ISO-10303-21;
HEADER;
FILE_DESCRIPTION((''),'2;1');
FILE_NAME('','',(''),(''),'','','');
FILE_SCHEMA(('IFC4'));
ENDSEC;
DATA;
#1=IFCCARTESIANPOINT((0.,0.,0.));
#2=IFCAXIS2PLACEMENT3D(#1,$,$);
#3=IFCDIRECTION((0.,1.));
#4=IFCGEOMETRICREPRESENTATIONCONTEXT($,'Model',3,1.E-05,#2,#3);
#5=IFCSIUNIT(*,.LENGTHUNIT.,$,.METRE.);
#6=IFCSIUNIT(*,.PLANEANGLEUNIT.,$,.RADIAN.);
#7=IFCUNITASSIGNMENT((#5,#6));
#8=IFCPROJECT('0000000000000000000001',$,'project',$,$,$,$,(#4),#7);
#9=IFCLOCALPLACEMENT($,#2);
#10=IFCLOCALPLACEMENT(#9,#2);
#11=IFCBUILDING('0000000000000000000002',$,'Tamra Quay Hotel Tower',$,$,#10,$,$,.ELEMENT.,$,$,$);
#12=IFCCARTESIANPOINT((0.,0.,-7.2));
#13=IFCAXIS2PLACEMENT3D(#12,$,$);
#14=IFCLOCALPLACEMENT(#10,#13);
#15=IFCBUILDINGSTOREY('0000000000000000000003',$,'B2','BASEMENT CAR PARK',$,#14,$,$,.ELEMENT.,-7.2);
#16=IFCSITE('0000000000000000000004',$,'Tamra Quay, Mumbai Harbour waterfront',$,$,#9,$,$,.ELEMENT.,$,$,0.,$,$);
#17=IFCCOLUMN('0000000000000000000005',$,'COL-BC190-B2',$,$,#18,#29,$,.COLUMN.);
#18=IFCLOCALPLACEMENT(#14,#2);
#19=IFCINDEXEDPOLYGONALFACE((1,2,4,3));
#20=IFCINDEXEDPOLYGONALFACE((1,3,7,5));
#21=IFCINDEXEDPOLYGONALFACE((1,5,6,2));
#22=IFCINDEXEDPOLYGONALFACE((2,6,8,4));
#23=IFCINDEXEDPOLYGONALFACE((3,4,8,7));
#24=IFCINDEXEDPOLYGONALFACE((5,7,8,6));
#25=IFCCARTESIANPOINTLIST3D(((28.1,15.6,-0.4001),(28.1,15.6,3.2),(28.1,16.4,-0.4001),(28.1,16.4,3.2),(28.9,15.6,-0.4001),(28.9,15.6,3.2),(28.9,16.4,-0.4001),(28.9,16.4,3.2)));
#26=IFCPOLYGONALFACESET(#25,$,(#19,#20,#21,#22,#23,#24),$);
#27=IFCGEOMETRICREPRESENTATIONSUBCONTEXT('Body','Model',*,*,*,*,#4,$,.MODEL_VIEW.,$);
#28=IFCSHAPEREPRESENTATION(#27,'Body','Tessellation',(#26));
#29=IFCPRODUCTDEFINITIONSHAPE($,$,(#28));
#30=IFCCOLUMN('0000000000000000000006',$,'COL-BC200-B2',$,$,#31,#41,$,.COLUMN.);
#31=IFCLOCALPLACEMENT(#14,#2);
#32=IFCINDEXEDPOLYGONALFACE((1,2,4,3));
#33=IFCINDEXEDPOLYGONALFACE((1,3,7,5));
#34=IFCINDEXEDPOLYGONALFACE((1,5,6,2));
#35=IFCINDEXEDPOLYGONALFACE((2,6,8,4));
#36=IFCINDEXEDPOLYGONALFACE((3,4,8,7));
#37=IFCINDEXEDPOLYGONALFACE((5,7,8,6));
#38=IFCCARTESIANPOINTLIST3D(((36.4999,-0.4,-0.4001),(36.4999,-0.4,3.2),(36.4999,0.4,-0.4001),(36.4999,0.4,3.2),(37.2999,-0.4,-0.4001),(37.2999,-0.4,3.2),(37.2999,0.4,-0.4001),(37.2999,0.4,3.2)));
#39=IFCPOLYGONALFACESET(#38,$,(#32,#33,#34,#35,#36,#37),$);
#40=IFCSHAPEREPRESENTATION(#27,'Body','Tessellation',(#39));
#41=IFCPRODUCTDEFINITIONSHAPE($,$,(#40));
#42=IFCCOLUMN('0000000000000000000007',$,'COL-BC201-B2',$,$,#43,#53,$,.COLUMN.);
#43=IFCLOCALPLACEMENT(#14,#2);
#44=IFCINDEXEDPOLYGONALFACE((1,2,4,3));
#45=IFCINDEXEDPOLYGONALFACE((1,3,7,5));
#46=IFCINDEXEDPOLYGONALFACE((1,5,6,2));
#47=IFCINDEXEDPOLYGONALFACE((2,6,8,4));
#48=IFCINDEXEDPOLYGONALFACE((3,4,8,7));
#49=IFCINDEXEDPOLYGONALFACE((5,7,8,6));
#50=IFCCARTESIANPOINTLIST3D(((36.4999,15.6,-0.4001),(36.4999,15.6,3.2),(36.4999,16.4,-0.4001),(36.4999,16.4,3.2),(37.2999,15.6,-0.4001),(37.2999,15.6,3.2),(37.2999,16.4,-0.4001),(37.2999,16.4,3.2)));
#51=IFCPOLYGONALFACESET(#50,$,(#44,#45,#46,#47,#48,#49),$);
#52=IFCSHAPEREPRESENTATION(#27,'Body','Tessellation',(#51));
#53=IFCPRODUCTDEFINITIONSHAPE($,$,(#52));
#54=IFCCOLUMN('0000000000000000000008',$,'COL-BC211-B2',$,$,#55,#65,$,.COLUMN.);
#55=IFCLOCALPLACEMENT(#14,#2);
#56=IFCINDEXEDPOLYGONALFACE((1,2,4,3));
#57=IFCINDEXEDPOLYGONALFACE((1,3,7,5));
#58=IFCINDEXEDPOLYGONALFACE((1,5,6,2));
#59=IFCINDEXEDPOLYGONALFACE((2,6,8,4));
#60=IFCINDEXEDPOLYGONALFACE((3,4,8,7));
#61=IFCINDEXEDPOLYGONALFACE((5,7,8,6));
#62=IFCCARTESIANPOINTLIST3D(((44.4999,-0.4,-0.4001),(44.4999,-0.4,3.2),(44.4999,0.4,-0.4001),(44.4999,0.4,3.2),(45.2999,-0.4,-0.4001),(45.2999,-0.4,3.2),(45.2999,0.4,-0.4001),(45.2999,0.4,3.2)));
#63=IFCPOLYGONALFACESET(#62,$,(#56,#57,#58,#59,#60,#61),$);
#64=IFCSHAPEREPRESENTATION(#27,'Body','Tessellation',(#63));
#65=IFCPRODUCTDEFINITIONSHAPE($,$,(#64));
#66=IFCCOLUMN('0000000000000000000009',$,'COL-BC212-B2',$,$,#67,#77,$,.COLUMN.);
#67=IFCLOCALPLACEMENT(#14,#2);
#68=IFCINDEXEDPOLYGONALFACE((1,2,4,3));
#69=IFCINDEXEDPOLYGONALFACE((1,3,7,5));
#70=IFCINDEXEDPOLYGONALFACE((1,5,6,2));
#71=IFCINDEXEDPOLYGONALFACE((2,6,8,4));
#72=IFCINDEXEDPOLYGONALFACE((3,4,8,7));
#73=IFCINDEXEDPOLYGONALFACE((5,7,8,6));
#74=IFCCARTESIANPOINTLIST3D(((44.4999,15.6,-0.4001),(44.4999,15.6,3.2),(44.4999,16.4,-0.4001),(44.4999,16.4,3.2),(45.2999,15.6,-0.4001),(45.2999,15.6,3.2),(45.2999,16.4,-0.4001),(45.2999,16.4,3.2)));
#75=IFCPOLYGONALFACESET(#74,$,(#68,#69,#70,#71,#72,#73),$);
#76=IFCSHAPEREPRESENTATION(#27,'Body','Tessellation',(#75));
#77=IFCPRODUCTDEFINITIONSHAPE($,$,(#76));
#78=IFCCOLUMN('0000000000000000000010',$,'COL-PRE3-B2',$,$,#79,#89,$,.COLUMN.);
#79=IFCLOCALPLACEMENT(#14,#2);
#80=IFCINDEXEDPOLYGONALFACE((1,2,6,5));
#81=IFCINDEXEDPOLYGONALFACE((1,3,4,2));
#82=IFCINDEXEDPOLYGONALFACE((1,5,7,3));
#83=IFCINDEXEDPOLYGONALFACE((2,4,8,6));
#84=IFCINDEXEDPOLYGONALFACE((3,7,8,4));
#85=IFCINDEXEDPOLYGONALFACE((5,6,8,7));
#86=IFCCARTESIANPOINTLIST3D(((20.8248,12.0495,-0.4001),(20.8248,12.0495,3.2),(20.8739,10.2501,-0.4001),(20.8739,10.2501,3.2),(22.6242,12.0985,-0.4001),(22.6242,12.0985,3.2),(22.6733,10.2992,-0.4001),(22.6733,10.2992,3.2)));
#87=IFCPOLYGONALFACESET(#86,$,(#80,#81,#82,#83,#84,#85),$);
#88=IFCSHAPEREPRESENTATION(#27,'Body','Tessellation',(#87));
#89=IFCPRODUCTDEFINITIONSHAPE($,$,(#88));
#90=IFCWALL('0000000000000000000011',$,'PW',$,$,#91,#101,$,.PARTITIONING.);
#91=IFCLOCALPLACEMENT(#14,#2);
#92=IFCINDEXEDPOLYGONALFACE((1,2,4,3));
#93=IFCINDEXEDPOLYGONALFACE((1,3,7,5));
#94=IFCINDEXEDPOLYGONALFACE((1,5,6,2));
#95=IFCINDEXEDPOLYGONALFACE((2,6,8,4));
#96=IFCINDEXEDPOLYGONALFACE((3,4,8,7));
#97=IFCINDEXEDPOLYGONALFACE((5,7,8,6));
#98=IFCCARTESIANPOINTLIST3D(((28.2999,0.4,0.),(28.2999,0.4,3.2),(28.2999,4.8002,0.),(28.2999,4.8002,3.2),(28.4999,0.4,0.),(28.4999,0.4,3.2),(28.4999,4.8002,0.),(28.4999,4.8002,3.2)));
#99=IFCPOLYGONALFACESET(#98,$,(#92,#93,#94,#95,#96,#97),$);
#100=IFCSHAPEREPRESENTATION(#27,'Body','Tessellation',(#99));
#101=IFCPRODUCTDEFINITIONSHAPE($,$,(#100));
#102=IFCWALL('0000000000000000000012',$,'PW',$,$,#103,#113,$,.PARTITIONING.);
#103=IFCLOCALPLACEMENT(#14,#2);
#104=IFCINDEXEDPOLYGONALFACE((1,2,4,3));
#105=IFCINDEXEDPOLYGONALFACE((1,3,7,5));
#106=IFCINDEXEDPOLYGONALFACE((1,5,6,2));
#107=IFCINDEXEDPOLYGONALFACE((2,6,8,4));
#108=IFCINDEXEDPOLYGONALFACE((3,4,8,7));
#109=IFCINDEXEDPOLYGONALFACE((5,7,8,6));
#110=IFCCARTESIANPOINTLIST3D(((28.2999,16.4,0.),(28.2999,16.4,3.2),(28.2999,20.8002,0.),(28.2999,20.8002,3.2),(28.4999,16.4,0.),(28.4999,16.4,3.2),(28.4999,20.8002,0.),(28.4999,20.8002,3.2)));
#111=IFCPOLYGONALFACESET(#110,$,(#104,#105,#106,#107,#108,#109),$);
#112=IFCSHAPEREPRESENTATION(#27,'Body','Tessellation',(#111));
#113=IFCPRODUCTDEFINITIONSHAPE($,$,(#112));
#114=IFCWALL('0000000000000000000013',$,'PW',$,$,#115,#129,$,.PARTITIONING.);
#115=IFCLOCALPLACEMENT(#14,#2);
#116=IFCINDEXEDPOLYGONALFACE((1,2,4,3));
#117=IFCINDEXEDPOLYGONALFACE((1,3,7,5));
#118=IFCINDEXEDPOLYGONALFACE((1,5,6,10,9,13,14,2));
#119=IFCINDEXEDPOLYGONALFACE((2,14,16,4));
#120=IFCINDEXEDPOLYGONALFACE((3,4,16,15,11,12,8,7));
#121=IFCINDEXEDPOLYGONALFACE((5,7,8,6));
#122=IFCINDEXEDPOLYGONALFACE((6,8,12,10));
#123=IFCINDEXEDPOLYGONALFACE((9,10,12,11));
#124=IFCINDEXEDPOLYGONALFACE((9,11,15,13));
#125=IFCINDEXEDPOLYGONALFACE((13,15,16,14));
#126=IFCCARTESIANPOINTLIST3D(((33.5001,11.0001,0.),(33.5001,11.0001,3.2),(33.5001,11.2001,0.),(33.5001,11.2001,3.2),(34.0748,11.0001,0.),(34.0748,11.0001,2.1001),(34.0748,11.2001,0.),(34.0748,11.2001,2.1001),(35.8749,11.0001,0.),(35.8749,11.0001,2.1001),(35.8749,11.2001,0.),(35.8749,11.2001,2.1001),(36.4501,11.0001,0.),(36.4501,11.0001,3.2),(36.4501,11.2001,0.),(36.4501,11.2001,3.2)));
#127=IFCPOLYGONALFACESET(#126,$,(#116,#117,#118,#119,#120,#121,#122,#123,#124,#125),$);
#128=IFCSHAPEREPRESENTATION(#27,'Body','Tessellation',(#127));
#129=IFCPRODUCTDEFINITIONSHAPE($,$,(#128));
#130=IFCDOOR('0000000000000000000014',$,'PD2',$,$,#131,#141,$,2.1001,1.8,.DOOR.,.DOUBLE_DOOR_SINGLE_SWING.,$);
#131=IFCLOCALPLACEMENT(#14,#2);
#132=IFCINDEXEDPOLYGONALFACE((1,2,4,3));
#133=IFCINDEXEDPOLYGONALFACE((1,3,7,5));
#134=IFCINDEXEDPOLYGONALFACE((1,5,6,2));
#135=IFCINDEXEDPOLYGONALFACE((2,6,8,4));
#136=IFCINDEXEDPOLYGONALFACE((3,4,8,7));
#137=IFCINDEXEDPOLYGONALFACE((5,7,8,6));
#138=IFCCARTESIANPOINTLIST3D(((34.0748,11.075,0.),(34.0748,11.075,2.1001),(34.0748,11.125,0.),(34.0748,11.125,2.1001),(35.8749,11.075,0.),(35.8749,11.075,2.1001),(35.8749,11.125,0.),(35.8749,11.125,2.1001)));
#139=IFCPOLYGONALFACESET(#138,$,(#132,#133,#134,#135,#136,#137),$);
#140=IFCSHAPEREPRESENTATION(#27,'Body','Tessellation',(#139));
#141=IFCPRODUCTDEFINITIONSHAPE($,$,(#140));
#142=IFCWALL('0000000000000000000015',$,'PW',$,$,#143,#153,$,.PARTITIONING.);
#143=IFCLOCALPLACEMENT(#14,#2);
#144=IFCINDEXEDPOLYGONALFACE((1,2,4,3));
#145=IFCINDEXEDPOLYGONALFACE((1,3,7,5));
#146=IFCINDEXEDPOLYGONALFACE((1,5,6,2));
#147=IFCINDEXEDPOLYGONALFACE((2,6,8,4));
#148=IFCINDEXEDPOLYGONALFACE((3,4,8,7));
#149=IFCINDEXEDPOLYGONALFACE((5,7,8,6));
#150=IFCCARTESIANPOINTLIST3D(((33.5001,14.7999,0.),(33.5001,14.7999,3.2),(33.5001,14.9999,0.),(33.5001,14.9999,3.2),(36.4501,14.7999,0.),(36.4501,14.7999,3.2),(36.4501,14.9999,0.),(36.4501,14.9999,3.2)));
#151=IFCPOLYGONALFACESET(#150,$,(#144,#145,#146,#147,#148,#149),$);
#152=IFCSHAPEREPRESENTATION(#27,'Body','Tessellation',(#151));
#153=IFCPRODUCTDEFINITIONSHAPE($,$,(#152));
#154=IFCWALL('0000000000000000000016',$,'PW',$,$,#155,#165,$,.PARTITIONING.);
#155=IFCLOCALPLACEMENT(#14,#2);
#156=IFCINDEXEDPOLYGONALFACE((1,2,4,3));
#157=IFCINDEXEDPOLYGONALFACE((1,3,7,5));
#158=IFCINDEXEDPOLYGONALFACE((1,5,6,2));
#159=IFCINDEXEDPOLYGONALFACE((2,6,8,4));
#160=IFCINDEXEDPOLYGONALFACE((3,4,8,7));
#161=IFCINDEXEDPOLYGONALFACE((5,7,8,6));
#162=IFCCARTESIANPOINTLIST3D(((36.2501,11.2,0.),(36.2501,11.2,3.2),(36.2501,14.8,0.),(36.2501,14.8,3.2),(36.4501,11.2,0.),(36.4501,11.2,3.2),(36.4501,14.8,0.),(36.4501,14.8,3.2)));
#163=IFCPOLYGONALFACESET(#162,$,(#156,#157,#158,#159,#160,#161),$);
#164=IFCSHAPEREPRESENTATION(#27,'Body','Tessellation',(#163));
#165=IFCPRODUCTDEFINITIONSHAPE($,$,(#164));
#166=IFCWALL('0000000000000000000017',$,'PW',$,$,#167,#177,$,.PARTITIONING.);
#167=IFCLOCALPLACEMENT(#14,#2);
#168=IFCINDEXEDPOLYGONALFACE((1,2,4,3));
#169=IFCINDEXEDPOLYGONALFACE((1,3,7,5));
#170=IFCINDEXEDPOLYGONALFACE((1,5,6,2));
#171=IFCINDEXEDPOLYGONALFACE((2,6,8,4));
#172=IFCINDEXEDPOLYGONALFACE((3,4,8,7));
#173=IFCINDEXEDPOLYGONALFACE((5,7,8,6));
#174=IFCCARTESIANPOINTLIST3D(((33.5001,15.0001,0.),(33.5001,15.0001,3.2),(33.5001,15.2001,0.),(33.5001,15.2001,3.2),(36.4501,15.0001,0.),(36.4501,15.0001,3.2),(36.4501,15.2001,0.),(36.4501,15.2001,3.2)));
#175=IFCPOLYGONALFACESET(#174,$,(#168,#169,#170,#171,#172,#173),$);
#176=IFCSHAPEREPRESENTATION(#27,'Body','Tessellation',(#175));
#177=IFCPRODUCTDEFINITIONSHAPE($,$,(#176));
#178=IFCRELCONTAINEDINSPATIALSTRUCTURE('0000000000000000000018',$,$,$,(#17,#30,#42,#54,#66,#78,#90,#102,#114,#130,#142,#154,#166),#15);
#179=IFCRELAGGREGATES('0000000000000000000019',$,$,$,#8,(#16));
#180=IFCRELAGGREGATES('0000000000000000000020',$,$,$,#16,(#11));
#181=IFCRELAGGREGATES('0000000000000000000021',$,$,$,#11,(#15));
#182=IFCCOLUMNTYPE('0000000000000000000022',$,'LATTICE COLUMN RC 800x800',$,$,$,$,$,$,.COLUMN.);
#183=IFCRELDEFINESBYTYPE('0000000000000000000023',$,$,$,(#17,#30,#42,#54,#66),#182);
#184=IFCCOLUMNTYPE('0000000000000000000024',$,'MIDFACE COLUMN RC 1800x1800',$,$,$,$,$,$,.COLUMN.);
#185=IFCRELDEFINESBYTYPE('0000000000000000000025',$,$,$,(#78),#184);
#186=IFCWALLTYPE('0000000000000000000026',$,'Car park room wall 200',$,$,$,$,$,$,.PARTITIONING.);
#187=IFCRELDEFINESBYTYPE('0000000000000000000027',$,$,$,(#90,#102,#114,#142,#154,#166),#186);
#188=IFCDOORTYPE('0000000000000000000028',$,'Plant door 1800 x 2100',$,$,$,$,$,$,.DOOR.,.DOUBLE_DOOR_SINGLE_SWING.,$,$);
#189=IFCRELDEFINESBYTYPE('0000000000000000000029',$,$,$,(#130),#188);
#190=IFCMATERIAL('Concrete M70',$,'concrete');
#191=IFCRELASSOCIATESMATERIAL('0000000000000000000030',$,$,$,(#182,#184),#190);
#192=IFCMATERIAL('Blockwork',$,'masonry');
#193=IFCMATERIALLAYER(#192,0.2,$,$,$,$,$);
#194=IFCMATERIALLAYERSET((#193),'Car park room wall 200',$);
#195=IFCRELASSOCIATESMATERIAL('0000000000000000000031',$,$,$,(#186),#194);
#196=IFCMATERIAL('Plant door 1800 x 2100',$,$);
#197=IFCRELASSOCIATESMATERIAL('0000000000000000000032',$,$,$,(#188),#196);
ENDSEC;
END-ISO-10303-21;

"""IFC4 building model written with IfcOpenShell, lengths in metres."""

from ifc_helpers import new_model, si_unit, direction, frame, frame_2d, origin, origin_2d, place, context, subcontext, project, spatial, rectangle, extrude, material, layer, layer_set, material_profile, profile_set, type_object, element, fill, save


model = new_model("IFC4")

# Units and contexts
model_context = context("Model", 3, precision=1e-05, world=origin(), true_north=direction((0.0, 1.0)))
body_context = subcontext(model_context, "Body", "Model", "MODEL_VIEW")
ifc_project = project(units=[si_unit("LENGTHUNIT", "METRE"), si_unit("PLANEANGLEUNIT", "RADIAN")], contexts=[model_context])

# Site, building, storey
site_placement = place(None, origin())
site = spatial("IfcSite", under=ifc_project, at=site_placement, Name="Tamra Quay, Mumbai Harbour waterfront", CompositionType="ELEMENT", RefElevation=0.0)
building_placement = place(site_placement, origin())
building = spatial("IfcBuilding", under=site, at=building_placement, Name="Tamra Quay Hotel Tower", CompositionType="ELEMENT")
storey_placement = place(building_placement, frame((0.0, 0.0, -7.2)))
storey = spatial("IfcBuildingStorey", under=building, at=storey_placement, Name="B2", Description="BASEMENT CAR PARK", CompositionType="ELEMENT", Elevation=-7.2)

# Columns
ifc_material_1 = material(Name="Concrete M70", Category="concrete")
ifc_material_profile_1 = material_profile(ifc_material_1, rectangle(XDim=0.8, YDim=0.8, at=origin_2d()), Name="LATTICE COLUMN RC 800x800")
ifc_profile_set_1 = profile_set([ifc_material_profile_1], Name="Concrete M70")
column_type_1 = type_object("IfcColumnType", Name="LATTICE COLUMN RC 800x800", PredefinedType="COLUMN", material=ifc_profile_set_1)
for number, where, z_axis, x_axis, name in (
    (1, (28.5, 16.0, -0.4001), (0.0, 0.0, 1.0), (1.0, 0.0, 0.0), "COL-BC190-B2"),
    (2, (36.8999, 0.0, -0.4001), (0.0, 0.0, 1.0), (1.0, 0.0, 0.0), "COL-BC200-B2"),
    (3, (36.8999, 16.0, -0.4001), (0.0, 0.0, 1.0), (1.0, 0.0, 0.0), "COL-BC201-B2"),
    (4, (44.8999, 0.0, -0.4001), (0.0, 0.0, 1.0), (1.0, 0.0, 0.0), "COL-BC211-B2"),
    (5, (44.8999, 16.0, -0.4001), (0.0, 0.0, 1.0), (1.0, 0.0, 0.0), "COL-BC212-B2"),
):
    element("IfcColumn", number, at=place(storey_placement, frame(where, z_axis=z_axis, x_axis=x_axis)), inside=storey, type_object=column_type_1, Name=name, PredefinedType="COLUMN", context=body_context, shape_type="SweptSolid", body=[
        extrude(rectangle(XDim=0.8, YDim=0.8, at=origin_2d()), origin(), (0.0, 0.0, 1.0), 3.6001),
    ])
ifc_material_profile_2 = material_profile(ifc_material_1, rectangle(XDim=1.8, YDim=1.8, at=origin_2d()), Name="MIDFACE COLUMN RC 1800x1800")
ifc_profile_set_2 = profile_set([ifc_material_profile_2], Name="Concrete M70")
column_type_2 = type_object("IfcColumnType", Name="MIDFACE COLUMN RC 1800x1800", PredefinedType="COLUMN", material=ifc_profile_set_2)
column_placement = place(storey_placement, frame((21.749, 11.1743, -0.4001), z_axis=(0.0, 0.0, 1.0), x_axis=(0.999628, 0.027269, 0.0)))
element("IfcColumn", 6, at=column_placement, inside=storey, type_object=column_type_2, Name="COL-PRE3-B2", PredefinedType="COLUMN", context=body_context, shape_type="SweptSolid", body=[
    extrude(rectangle(XDim=1.8, YDim=1.8, at=origin_2d()), origin(), (0.0, 0.0, 1.0), 3.6001),
])

# Walls
ifc_material_2 = material(Name="Blockwork", Category="masonry")
ifc_layer_1 = layer(ifc_material_2, 0.2)
ifc_layer_set_1 = layer_set([ifc_layer_1], Name="Car park room wall 200")
wall_type_1 = type_object("IfcWallType", Name="Car park room wall 200", PredefinedType="PARTITIONING", material=ifc_layer_set_1)
for number, where, z_axis, x_axis, name in (
    (7, (28.3999, 0.3999, 0.0), (0.0, 0.0, 1.0), (0.0, 1.0, 0.0), "PW"),
    (8, (28.3999, 16.3999, 0.0), (0.0, 0.0, 1.0), (0.0, 1.0, 0.0), "PW"),
):
    element("IfcWall", number, at=place(storey_placement, frame(where, z_axis=z_axis, x_axis=x_axis)), inside=storey, type_object=wall_type_1, Name=name, PredefinedType="PARTITIONING", context=body_context, shape_type="SweptSolid", body=[
        extrude(rectangle(XDim=4.4001, YDim=0.2, at=frame_2d((2.2002, 0.0))), origin(), (0.0, 0.0, 1.0), 3.2),
    ])

# Wall, opening, door
wall_1_placement = place(storey_placement, frame((33.5, 11.1001, 0.0), z_axis=(0.0, 0.0, 1.0), x_axis=(1.0, 0.0, 0.0)))
wall_1 = element("IfcWall", 9, at=wall_1_placement, inside=storey, type_object=wall_type_1, Name="PW", PredefinedType="PARTITIONING", context=body_context, shape_type="SweptSolid", body=[
    extrude(rectangle(XDim=2.95, YDim=0.2, at=frame_2d((1.4751, 0.0))), origin(), (0.0, 0.0, 1.0), 3.2),
])
opening_1_placement = place(wall_1_placement, frame((0.575, 0.0, 0.0)))
opening_1 = element("IfcOpeningElement", 10, at=opening_1_placement, cuts=wall_1, PredefinedType="OPENING", context=body_context, shape_type="SweptSolid", body=[
    extrude(rectangle(XDim=1.8, YDim=2.1001, at=frame_2d((0.8999, 1.05))), frame((0.0, 0.1099, 0.0), z_axis=(0.0, -1.0, 0.0), x_axis=(1.0, 0.0, 0.0)), (0.0, 0.0, 1.0), 0.22),
])
ifc_material_3 = material(Name="Plant door 1800 x 2100")
door_type_1 = type_object("IfcDoorType", Name="Plant door 1800 x 2100", OperationType="DOUBLE_DOOR_SINGLE_SWING", PredefinedType="DOOR", material=ifc_material_3)
door_1_placement = place(opening_1_placement, origin())
door_1 = element("IfcDoor", 11, at=door_1_placement, inside=storey, type_object=door_type_1, Name="PD2", OperationType="DOUBLE_DOOR_SINGLE_SWING", OverallHeight=2.1001, OverallWidth=1.8, PredefinedType="DOOR", context=body_context, shape_type="SweptSolid", body=[
    extrude(rectangle(XDim=1.8, YDim=2.1001, at=frame_2d((0.8999, 1.05))), frame((0.0, 0.0249, 0.0), z_axis=(0.0, -1.0, 0.0), x_axis=(1.0, 0.0, 0.0)), (0.0, 0.0, 1.0), 0.05),
])
fill(opening_1, door_1)

# Walls
wall_2_placement = place(storey_placement, frame((33.5, 14.8999, 0.0), z_axis=(0.0, 0.0, 1.0), x_axis=(1.0, 0.0, 0.0)))
element("IfcWall", 12, at=wall_2_placement, inside=storey, type_object=wall_type_1, Name="PW", PredefinedType="PARTITIONING", context=body_context, shape_type="SweptSolid", body=[
    extrude(rectangle(XDim=2.95, YDim=0.2, at=frame_2d((1.4751, 0.0))), origin(), (0.0, 0.0, 1.0), 3.2),
])
wall_3_placement = place(storey_placement, frame((36.3501, 11.2, 0.0), z_axis=(0.0, 0.0, 1.0), x_axis=(0.0, 1.0, 0.0)))
element("IfcWall", 13, at=wall_3_placement, inside=storey, type_object=wall_type_1, Name="PW", PredefinedType="PARTITIONING", context=body_context, shape_type="SweptSolid", body=[
    extrude(rectangle(XDim=3.6001, YDim=0.2, at=frame_2d((1.8, 0.0))), origin(), (0.0, 0.0, 1.0), 3.2),
])
wall_4_placement = place(storey_placement, frame((33.5, 15.1001, 0.0), z_axis=(0.0, 0.0, 1.0), x_axis=(1.0, 0.0, 0.0)))
element("IfcWall", 14, at=wall_4_placement, inside=storey, type_object=wall_type_1, Name="PW", PredefinedType="PARTITIONING", context=body_context, shape_type="SweptSolid", body=[
    extrude(rectangle(XDim=2.95, YDim=0.2, at=frame_2d((1.4751, 0.0))), origin(), (0.0, 0.0, 1.0), 3.2),
])

save(model, "model.ifc")
